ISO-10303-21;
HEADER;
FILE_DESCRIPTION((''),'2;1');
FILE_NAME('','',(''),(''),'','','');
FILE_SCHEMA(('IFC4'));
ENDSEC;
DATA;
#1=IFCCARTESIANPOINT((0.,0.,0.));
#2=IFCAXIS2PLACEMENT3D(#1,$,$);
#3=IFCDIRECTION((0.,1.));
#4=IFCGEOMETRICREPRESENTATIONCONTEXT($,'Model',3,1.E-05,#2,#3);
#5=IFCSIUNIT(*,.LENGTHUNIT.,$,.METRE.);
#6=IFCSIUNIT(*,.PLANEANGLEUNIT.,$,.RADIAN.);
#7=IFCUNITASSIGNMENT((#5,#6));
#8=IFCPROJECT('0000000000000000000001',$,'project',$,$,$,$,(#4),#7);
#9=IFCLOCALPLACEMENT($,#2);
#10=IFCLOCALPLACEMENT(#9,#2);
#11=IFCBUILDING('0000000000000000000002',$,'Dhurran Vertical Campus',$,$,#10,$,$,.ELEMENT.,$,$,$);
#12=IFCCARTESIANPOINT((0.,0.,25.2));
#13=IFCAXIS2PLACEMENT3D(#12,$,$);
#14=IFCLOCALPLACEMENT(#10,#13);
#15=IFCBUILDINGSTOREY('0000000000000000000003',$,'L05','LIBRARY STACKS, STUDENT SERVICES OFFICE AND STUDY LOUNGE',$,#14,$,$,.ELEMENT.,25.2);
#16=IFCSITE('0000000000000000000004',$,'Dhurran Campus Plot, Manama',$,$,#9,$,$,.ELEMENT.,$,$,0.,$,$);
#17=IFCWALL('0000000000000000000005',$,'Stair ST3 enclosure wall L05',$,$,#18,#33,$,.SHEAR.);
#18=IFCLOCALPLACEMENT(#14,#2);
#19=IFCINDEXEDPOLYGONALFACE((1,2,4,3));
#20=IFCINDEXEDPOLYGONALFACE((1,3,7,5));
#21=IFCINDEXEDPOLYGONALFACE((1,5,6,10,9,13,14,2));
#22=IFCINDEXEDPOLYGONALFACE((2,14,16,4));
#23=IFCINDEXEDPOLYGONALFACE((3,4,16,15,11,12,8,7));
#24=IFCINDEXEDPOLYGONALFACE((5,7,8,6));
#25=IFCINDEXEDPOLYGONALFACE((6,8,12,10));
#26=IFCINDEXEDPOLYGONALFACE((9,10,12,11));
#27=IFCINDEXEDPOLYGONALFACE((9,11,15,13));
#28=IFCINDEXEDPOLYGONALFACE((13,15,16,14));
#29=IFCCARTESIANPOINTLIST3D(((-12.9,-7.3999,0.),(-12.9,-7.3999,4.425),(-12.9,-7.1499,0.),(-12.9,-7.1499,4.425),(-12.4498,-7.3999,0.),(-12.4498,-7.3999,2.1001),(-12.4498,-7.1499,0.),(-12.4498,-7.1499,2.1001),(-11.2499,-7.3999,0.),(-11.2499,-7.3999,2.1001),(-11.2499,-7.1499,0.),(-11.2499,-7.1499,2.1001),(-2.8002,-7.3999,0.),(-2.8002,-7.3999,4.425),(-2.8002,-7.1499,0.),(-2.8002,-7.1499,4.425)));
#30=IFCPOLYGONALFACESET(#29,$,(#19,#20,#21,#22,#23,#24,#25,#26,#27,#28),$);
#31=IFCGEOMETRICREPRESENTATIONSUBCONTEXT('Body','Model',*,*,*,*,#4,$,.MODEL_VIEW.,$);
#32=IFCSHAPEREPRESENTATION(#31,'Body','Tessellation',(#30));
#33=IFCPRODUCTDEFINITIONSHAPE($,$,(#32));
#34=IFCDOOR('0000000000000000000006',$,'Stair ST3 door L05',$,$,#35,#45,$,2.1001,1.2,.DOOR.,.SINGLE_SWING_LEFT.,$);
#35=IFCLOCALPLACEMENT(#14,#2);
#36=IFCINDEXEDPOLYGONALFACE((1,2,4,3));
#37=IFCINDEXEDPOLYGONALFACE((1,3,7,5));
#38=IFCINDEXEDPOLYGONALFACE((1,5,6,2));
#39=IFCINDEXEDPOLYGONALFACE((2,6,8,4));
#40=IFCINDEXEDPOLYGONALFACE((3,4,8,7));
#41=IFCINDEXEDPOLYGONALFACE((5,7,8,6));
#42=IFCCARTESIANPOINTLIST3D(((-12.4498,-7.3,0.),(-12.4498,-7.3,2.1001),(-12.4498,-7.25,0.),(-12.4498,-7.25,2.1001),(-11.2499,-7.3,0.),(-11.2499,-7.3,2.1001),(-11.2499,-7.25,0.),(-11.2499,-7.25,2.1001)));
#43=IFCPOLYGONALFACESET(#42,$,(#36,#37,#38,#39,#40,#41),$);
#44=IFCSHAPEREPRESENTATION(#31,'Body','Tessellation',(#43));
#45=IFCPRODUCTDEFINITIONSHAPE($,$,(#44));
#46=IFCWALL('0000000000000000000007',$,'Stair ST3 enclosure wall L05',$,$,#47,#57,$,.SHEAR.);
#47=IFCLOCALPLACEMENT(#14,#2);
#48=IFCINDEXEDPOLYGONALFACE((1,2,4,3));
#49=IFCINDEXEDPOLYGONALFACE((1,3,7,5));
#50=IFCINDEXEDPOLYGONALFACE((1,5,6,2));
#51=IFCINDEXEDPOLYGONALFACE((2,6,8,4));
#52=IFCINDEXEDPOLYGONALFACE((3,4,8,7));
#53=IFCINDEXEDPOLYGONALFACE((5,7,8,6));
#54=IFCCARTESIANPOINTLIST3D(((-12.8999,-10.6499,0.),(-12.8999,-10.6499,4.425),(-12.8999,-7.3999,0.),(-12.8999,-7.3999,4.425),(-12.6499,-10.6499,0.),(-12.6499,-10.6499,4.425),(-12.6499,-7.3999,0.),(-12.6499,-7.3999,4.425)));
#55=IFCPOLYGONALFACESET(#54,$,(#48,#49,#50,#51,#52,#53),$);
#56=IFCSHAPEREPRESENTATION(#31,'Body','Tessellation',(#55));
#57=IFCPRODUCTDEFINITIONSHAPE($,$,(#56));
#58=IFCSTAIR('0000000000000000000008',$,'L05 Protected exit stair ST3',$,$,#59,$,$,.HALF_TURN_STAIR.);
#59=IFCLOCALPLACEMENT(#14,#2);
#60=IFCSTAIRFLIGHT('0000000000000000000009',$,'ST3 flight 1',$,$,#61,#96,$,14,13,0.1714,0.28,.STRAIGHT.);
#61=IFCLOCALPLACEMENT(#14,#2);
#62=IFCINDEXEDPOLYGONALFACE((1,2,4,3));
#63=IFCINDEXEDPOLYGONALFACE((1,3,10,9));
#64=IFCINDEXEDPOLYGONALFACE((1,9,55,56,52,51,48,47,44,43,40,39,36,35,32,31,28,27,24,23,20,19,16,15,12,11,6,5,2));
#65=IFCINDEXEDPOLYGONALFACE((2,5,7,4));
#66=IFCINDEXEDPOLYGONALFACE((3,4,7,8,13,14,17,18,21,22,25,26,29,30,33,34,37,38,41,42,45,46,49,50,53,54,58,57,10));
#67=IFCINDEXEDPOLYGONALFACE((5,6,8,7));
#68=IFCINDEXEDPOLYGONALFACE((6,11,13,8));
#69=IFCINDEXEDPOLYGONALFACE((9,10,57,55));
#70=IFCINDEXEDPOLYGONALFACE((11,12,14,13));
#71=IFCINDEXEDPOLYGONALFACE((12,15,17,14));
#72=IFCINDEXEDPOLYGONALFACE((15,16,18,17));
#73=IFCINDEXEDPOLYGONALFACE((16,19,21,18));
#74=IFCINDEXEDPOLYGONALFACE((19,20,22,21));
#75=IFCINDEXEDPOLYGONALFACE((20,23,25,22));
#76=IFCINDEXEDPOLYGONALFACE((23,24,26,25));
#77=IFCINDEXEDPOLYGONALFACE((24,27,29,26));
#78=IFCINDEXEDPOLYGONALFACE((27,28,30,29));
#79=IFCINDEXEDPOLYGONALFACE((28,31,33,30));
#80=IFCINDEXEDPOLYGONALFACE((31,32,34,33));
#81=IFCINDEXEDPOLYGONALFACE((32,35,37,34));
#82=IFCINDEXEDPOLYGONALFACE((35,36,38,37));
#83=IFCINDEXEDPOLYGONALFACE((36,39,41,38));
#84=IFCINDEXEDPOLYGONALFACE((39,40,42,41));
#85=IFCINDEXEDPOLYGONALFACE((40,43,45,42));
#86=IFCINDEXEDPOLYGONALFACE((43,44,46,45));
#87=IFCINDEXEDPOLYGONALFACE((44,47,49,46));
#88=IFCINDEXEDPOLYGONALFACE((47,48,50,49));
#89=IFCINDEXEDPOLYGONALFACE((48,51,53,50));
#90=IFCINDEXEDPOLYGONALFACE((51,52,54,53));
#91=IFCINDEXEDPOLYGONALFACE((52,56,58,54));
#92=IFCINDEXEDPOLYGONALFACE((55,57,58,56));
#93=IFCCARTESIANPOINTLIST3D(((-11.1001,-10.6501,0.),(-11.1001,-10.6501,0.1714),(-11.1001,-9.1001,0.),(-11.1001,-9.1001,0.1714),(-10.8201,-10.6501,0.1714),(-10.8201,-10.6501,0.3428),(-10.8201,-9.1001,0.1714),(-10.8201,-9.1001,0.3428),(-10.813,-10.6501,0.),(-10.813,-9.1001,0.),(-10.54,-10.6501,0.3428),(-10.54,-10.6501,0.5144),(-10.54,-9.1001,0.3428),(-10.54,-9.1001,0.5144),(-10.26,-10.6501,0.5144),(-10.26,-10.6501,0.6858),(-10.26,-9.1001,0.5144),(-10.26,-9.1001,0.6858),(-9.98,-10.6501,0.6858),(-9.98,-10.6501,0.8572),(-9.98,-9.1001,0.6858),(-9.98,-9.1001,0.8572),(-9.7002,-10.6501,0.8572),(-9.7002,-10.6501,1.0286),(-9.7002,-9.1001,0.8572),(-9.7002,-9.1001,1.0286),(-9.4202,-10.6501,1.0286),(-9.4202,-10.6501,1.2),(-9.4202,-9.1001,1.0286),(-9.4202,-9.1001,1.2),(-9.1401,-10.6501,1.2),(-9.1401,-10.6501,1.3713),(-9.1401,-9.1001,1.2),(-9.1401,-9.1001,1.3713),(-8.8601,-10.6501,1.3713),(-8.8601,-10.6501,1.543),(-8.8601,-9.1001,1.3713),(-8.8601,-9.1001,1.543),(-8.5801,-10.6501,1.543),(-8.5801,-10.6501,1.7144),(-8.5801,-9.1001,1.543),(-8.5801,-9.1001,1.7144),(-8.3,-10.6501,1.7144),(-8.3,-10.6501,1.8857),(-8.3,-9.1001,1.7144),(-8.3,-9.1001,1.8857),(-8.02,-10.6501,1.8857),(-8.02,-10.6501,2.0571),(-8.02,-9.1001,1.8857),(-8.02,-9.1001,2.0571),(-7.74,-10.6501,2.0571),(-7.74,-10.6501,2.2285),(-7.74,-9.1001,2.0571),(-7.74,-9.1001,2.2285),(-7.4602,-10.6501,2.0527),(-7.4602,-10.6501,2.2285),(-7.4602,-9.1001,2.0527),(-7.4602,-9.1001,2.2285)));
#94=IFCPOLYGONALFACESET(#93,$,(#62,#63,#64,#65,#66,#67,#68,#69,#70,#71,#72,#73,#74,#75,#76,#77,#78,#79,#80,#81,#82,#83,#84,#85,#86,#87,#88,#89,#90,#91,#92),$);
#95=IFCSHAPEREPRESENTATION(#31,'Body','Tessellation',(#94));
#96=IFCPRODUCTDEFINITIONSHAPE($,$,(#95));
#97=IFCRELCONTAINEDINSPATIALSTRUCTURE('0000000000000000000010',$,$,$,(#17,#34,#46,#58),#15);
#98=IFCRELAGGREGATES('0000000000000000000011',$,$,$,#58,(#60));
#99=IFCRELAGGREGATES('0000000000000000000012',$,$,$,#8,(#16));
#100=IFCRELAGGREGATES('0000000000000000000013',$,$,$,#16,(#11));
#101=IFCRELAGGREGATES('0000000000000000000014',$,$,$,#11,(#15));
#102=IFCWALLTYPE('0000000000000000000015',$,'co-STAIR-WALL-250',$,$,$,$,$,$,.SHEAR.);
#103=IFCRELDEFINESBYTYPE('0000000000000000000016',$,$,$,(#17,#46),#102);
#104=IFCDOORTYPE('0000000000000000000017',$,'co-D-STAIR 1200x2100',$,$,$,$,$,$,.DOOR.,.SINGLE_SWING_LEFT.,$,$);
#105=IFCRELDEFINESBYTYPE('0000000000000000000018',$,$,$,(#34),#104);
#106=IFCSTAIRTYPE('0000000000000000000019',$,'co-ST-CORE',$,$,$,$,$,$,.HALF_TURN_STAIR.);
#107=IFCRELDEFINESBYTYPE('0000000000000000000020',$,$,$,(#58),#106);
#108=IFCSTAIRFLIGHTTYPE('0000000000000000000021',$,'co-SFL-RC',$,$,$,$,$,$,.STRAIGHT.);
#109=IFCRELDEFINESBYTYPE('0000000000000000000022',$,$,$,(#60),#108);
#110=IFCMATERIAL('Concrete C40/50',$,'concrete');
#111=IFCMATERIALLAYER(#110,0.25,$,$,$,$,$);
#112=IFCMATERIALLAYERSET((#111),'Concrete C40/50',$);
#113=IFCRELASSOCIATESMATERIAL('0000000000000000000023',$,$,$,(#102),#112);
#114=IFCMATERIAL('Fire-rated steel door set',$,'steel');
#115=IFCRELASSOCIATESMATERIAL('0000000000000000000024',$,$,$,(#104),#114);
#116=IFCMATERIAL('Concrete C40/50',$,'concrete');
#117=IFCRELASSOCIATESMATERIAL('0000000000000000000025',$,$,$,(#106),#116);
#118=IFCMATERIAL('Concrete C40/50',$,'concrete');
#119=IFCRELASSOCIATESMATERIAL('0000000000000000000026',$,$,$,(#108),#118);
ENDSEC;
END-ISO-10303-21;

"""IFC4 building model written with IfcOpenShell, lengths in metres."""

from ifc_helpers import new_model, si_unit, direction, frame, frame_2d, origin, place, context, subcontext, project, spatial, polyline, rectangle, outline, extrude, material, layer, layer_set, type_object, element, fill, aggregate, save


model = new_model("IFC4")

# Units and contexts
model_context = context("Model", 3, precision=1e-05, world=origin(), true_north=direction((0.0, 1.0)))
body_context = subcontext(model_context, "Body", "Model", "MODEL_VIEW")
ifc_project = project(units=[si_unit("LENGTHUNIT", "METRE"), si_unit("PLANEANGLEUNIT", "RADIAN")], contexts=[model_context])

# Site, building, storey
site_placement = place(None, origin())
site = spatial("IfcSite", under=ifc_project, at=site_placement, Name="Dhurran Campus Plot, Manama", CompositionType="ELEMENT", RefElevation=0.0)
building_placement = place(site_placement, origin())
building = spatial("IfcBuilding", under=site, at=building_placement, Name="Dhurran Vertical Campus", CompositionType="ELEMENT")
storey_placement = place(building_placement, frame((0.0, 0.0, 25.2)))
storey = spatial("IfcBuildingStorey", under=building, at=storey_placement, Name="L05", Description="LIBRARY STACKS, STUDENT SERVICES OFFICE AND STUDY LOUNGE", CompositionType="ELEMENT", Elevation=25.2)

# Wall, opening, door
ifc_material_1 = material(Name="Concrete C40/50", Category="concrete")
ifc_layer_1 = layer(ifc_material_1, 0.25)
ifc_layer_set_1 = layer_set([ifc_layer_1], Name="Concrete C40/50")
wall_type_1 = type_object("IfcWallType", Name="co-STAIR-WALL-250", PredefinedType="SHEAR", material=ifc_layer_set_1)
wall_1_placement = place(storey_placement, frame((-12.8999, -7.2749, 0.0), z_axis=(0.0, 0.0, 1.0), x_axis=(1.0, 0.0, 0.0)))
wall_1 = element("IfcWall", 1, at=wall_1_placement, inside=storey, type_object=wall_type_1, Name="Stair ST3 enclosure wall L05", PredefinedType="SHEAR", context=body_context, shape_type="SweptSolid", body=[
    extrude(rectangle(XDim=10.0999, YDim=0.25, at=frame_2d((5.0498, 0.0))), origin(), (0.0, 0.0, 1.0), 4.425),
])
opening_1_placement = place(wall_1_placement, frame((0.45, 0.0, 0.0)))
opening_1 = element("IfcOpeningElement", 2, at=opening_1_placement, cuts=wall_1, PredefinedType="OPENING", context=body_context, shape_type="SweptSolid", body=[
    extrude(rectangle(XDim=1.2, YDim=2.1001, at=frame_2d((0.6001, 1.05))), frame((0.0, 0.135, 0.0), z_axis=(0.0, -1.0, 0.0), x_axis=(1.0, 0.0, 0.0)), (0.0, 0.0, 1.0), 0.27),
])
ifc_material_2 = material(Name="Fire-rated steel door set", Category="steel")
door_type_1 = type_object("IfcDoorType", Name="co-D-STAIR 1200x2100", OperationType="SINGLE_SWING_LEFT", PredefinedType="DOOR", material=ifc_material_2)
door_1_placement = place(opening_1_placement, origin())
door_1 = element("IfcDoor", 3, at=door_1_placement, inside=storey, type_object=door_type_1, Name="Stair ST3 door L05", OperationType="SINGLE_SWING_LEFT", OverallHeight=2.1001, OverallWidth=1.2, PredefinedType="DOOR", context=body_context, shape_type="SweptSolid", body=[
    extrude(rectangle(XDim=1.2, YDim=2.1001, at=frame_2d((0.6001, 1.05))), frame((0.0, 0.0249, 0.0), z_axis=(0.0, -1.0, 0.0), x_axis=(1.0, 0.0, 0.0)), (0.0, 0.0, 1.0), 0.05),
])
fill(opening_1, door_1)

# Wall
wall_2_placement = place(storey_placement, frame((-12.7749, -10.6499, 0.0), z_axis=(0.0, 0.0, 1.0), x_axis=(0.0, 1.0, 0.0)))
element("IfcWall", 4, at=wall_2_placement, inside=storey, type_object=wall_type_1, Name="Stair ST3 enclosure wall L05", PredefinedType="SHEAR", context=body_context, shape_type="SweptSolid", body=[
    extrude(rectangle(XDim=3.25, YDim=0.25, at=frame_2d((1.625, 0.0))), origin(), (0.0, 0.0, 1.0), 4.425),
])

# Stair, stair flight
ifc_material_3 = material(Name="Concrete C40/50", Category="concrete")
stair_type = type_object("IfcStairType", Name="co-ST-CORE", PredefinedType="HALF_TURN_STAIR", material=ifc_material_3)
stair_placement = place(storey_placement, origin())
stair = element("IfcStair", 5, at=stair_placement, inside=storey, type_object=stair_type, Name="L05 Protected exit stair ST3", PredefinedType="HALF_TURN_STAIR")
ifc_material_4 = material(Name="Concrete C40/50", Category="concrete")
stair_flight_type = type_object("IfcStairFlightType", Name="co-SFL-RC", PredefinedType="STRAIGHT", material=ifc_material_4)
stair_flight_placement = place(storey_placement, frame((-11.1001, -9.875, 0.0), z_axis=(0.0, 0.0, 1.0), x_axis=(1.0, 0.0, 0.0)))
stair_flight = element("IfcStairFlight", 6, at=stair_flight_placement, type_object=stair_flight_type, Name="ST3 flight 1", NumberOfRisers=14, NumberOfTreads=13, PredefinedType="STRAIGHT", RiserHeight=0.1714, TreadLength=0.28, context=body_context, shape_type="SweptSolid", body=[
    extrude(outline(polyline([(0.0, 0.0), (0.0, 0.1714), (0.28, 0.1714), (0.28, 0.3428), (0.5601, 0.3428), (0.5601, 0.5144), (0.8401, 0.5144), (0.8401, 0.6858), (1.1201, 0.6858), (1.1201, 0.8572), (1.3999, 0.8572), (1.3999, 1.0286), (1.6799, 1.0286), (1.6799, 1.2), (1.96, 1.2), (1.96, 1.3713), (2.24, 1.3713), (2.24, 1.543), (2.52, 1.543), (2.52, 1.7144), (2.8, 1.7144), (2.8, 1.8857), (3.0801, 1.8857), (3.0801, 2.0571), (3.3601, 2.0571), (3.3601, 2.2285), (3.6399, 2.2285), (3.6399, 2.3999), (3.6399, 2.0527), (0.2871, 0.0), (0.0, 0.0)])), frame((0.0, 0.7749, 0.0), z_axis=(0.0, -1.0, 0.0), x_axis=(1.0, 0.0, 0.0)), (0.0, 0.0, 1.0), 1.55),
])
aggregate(stair, [stair_flight])

save(model, "model.ifc")
